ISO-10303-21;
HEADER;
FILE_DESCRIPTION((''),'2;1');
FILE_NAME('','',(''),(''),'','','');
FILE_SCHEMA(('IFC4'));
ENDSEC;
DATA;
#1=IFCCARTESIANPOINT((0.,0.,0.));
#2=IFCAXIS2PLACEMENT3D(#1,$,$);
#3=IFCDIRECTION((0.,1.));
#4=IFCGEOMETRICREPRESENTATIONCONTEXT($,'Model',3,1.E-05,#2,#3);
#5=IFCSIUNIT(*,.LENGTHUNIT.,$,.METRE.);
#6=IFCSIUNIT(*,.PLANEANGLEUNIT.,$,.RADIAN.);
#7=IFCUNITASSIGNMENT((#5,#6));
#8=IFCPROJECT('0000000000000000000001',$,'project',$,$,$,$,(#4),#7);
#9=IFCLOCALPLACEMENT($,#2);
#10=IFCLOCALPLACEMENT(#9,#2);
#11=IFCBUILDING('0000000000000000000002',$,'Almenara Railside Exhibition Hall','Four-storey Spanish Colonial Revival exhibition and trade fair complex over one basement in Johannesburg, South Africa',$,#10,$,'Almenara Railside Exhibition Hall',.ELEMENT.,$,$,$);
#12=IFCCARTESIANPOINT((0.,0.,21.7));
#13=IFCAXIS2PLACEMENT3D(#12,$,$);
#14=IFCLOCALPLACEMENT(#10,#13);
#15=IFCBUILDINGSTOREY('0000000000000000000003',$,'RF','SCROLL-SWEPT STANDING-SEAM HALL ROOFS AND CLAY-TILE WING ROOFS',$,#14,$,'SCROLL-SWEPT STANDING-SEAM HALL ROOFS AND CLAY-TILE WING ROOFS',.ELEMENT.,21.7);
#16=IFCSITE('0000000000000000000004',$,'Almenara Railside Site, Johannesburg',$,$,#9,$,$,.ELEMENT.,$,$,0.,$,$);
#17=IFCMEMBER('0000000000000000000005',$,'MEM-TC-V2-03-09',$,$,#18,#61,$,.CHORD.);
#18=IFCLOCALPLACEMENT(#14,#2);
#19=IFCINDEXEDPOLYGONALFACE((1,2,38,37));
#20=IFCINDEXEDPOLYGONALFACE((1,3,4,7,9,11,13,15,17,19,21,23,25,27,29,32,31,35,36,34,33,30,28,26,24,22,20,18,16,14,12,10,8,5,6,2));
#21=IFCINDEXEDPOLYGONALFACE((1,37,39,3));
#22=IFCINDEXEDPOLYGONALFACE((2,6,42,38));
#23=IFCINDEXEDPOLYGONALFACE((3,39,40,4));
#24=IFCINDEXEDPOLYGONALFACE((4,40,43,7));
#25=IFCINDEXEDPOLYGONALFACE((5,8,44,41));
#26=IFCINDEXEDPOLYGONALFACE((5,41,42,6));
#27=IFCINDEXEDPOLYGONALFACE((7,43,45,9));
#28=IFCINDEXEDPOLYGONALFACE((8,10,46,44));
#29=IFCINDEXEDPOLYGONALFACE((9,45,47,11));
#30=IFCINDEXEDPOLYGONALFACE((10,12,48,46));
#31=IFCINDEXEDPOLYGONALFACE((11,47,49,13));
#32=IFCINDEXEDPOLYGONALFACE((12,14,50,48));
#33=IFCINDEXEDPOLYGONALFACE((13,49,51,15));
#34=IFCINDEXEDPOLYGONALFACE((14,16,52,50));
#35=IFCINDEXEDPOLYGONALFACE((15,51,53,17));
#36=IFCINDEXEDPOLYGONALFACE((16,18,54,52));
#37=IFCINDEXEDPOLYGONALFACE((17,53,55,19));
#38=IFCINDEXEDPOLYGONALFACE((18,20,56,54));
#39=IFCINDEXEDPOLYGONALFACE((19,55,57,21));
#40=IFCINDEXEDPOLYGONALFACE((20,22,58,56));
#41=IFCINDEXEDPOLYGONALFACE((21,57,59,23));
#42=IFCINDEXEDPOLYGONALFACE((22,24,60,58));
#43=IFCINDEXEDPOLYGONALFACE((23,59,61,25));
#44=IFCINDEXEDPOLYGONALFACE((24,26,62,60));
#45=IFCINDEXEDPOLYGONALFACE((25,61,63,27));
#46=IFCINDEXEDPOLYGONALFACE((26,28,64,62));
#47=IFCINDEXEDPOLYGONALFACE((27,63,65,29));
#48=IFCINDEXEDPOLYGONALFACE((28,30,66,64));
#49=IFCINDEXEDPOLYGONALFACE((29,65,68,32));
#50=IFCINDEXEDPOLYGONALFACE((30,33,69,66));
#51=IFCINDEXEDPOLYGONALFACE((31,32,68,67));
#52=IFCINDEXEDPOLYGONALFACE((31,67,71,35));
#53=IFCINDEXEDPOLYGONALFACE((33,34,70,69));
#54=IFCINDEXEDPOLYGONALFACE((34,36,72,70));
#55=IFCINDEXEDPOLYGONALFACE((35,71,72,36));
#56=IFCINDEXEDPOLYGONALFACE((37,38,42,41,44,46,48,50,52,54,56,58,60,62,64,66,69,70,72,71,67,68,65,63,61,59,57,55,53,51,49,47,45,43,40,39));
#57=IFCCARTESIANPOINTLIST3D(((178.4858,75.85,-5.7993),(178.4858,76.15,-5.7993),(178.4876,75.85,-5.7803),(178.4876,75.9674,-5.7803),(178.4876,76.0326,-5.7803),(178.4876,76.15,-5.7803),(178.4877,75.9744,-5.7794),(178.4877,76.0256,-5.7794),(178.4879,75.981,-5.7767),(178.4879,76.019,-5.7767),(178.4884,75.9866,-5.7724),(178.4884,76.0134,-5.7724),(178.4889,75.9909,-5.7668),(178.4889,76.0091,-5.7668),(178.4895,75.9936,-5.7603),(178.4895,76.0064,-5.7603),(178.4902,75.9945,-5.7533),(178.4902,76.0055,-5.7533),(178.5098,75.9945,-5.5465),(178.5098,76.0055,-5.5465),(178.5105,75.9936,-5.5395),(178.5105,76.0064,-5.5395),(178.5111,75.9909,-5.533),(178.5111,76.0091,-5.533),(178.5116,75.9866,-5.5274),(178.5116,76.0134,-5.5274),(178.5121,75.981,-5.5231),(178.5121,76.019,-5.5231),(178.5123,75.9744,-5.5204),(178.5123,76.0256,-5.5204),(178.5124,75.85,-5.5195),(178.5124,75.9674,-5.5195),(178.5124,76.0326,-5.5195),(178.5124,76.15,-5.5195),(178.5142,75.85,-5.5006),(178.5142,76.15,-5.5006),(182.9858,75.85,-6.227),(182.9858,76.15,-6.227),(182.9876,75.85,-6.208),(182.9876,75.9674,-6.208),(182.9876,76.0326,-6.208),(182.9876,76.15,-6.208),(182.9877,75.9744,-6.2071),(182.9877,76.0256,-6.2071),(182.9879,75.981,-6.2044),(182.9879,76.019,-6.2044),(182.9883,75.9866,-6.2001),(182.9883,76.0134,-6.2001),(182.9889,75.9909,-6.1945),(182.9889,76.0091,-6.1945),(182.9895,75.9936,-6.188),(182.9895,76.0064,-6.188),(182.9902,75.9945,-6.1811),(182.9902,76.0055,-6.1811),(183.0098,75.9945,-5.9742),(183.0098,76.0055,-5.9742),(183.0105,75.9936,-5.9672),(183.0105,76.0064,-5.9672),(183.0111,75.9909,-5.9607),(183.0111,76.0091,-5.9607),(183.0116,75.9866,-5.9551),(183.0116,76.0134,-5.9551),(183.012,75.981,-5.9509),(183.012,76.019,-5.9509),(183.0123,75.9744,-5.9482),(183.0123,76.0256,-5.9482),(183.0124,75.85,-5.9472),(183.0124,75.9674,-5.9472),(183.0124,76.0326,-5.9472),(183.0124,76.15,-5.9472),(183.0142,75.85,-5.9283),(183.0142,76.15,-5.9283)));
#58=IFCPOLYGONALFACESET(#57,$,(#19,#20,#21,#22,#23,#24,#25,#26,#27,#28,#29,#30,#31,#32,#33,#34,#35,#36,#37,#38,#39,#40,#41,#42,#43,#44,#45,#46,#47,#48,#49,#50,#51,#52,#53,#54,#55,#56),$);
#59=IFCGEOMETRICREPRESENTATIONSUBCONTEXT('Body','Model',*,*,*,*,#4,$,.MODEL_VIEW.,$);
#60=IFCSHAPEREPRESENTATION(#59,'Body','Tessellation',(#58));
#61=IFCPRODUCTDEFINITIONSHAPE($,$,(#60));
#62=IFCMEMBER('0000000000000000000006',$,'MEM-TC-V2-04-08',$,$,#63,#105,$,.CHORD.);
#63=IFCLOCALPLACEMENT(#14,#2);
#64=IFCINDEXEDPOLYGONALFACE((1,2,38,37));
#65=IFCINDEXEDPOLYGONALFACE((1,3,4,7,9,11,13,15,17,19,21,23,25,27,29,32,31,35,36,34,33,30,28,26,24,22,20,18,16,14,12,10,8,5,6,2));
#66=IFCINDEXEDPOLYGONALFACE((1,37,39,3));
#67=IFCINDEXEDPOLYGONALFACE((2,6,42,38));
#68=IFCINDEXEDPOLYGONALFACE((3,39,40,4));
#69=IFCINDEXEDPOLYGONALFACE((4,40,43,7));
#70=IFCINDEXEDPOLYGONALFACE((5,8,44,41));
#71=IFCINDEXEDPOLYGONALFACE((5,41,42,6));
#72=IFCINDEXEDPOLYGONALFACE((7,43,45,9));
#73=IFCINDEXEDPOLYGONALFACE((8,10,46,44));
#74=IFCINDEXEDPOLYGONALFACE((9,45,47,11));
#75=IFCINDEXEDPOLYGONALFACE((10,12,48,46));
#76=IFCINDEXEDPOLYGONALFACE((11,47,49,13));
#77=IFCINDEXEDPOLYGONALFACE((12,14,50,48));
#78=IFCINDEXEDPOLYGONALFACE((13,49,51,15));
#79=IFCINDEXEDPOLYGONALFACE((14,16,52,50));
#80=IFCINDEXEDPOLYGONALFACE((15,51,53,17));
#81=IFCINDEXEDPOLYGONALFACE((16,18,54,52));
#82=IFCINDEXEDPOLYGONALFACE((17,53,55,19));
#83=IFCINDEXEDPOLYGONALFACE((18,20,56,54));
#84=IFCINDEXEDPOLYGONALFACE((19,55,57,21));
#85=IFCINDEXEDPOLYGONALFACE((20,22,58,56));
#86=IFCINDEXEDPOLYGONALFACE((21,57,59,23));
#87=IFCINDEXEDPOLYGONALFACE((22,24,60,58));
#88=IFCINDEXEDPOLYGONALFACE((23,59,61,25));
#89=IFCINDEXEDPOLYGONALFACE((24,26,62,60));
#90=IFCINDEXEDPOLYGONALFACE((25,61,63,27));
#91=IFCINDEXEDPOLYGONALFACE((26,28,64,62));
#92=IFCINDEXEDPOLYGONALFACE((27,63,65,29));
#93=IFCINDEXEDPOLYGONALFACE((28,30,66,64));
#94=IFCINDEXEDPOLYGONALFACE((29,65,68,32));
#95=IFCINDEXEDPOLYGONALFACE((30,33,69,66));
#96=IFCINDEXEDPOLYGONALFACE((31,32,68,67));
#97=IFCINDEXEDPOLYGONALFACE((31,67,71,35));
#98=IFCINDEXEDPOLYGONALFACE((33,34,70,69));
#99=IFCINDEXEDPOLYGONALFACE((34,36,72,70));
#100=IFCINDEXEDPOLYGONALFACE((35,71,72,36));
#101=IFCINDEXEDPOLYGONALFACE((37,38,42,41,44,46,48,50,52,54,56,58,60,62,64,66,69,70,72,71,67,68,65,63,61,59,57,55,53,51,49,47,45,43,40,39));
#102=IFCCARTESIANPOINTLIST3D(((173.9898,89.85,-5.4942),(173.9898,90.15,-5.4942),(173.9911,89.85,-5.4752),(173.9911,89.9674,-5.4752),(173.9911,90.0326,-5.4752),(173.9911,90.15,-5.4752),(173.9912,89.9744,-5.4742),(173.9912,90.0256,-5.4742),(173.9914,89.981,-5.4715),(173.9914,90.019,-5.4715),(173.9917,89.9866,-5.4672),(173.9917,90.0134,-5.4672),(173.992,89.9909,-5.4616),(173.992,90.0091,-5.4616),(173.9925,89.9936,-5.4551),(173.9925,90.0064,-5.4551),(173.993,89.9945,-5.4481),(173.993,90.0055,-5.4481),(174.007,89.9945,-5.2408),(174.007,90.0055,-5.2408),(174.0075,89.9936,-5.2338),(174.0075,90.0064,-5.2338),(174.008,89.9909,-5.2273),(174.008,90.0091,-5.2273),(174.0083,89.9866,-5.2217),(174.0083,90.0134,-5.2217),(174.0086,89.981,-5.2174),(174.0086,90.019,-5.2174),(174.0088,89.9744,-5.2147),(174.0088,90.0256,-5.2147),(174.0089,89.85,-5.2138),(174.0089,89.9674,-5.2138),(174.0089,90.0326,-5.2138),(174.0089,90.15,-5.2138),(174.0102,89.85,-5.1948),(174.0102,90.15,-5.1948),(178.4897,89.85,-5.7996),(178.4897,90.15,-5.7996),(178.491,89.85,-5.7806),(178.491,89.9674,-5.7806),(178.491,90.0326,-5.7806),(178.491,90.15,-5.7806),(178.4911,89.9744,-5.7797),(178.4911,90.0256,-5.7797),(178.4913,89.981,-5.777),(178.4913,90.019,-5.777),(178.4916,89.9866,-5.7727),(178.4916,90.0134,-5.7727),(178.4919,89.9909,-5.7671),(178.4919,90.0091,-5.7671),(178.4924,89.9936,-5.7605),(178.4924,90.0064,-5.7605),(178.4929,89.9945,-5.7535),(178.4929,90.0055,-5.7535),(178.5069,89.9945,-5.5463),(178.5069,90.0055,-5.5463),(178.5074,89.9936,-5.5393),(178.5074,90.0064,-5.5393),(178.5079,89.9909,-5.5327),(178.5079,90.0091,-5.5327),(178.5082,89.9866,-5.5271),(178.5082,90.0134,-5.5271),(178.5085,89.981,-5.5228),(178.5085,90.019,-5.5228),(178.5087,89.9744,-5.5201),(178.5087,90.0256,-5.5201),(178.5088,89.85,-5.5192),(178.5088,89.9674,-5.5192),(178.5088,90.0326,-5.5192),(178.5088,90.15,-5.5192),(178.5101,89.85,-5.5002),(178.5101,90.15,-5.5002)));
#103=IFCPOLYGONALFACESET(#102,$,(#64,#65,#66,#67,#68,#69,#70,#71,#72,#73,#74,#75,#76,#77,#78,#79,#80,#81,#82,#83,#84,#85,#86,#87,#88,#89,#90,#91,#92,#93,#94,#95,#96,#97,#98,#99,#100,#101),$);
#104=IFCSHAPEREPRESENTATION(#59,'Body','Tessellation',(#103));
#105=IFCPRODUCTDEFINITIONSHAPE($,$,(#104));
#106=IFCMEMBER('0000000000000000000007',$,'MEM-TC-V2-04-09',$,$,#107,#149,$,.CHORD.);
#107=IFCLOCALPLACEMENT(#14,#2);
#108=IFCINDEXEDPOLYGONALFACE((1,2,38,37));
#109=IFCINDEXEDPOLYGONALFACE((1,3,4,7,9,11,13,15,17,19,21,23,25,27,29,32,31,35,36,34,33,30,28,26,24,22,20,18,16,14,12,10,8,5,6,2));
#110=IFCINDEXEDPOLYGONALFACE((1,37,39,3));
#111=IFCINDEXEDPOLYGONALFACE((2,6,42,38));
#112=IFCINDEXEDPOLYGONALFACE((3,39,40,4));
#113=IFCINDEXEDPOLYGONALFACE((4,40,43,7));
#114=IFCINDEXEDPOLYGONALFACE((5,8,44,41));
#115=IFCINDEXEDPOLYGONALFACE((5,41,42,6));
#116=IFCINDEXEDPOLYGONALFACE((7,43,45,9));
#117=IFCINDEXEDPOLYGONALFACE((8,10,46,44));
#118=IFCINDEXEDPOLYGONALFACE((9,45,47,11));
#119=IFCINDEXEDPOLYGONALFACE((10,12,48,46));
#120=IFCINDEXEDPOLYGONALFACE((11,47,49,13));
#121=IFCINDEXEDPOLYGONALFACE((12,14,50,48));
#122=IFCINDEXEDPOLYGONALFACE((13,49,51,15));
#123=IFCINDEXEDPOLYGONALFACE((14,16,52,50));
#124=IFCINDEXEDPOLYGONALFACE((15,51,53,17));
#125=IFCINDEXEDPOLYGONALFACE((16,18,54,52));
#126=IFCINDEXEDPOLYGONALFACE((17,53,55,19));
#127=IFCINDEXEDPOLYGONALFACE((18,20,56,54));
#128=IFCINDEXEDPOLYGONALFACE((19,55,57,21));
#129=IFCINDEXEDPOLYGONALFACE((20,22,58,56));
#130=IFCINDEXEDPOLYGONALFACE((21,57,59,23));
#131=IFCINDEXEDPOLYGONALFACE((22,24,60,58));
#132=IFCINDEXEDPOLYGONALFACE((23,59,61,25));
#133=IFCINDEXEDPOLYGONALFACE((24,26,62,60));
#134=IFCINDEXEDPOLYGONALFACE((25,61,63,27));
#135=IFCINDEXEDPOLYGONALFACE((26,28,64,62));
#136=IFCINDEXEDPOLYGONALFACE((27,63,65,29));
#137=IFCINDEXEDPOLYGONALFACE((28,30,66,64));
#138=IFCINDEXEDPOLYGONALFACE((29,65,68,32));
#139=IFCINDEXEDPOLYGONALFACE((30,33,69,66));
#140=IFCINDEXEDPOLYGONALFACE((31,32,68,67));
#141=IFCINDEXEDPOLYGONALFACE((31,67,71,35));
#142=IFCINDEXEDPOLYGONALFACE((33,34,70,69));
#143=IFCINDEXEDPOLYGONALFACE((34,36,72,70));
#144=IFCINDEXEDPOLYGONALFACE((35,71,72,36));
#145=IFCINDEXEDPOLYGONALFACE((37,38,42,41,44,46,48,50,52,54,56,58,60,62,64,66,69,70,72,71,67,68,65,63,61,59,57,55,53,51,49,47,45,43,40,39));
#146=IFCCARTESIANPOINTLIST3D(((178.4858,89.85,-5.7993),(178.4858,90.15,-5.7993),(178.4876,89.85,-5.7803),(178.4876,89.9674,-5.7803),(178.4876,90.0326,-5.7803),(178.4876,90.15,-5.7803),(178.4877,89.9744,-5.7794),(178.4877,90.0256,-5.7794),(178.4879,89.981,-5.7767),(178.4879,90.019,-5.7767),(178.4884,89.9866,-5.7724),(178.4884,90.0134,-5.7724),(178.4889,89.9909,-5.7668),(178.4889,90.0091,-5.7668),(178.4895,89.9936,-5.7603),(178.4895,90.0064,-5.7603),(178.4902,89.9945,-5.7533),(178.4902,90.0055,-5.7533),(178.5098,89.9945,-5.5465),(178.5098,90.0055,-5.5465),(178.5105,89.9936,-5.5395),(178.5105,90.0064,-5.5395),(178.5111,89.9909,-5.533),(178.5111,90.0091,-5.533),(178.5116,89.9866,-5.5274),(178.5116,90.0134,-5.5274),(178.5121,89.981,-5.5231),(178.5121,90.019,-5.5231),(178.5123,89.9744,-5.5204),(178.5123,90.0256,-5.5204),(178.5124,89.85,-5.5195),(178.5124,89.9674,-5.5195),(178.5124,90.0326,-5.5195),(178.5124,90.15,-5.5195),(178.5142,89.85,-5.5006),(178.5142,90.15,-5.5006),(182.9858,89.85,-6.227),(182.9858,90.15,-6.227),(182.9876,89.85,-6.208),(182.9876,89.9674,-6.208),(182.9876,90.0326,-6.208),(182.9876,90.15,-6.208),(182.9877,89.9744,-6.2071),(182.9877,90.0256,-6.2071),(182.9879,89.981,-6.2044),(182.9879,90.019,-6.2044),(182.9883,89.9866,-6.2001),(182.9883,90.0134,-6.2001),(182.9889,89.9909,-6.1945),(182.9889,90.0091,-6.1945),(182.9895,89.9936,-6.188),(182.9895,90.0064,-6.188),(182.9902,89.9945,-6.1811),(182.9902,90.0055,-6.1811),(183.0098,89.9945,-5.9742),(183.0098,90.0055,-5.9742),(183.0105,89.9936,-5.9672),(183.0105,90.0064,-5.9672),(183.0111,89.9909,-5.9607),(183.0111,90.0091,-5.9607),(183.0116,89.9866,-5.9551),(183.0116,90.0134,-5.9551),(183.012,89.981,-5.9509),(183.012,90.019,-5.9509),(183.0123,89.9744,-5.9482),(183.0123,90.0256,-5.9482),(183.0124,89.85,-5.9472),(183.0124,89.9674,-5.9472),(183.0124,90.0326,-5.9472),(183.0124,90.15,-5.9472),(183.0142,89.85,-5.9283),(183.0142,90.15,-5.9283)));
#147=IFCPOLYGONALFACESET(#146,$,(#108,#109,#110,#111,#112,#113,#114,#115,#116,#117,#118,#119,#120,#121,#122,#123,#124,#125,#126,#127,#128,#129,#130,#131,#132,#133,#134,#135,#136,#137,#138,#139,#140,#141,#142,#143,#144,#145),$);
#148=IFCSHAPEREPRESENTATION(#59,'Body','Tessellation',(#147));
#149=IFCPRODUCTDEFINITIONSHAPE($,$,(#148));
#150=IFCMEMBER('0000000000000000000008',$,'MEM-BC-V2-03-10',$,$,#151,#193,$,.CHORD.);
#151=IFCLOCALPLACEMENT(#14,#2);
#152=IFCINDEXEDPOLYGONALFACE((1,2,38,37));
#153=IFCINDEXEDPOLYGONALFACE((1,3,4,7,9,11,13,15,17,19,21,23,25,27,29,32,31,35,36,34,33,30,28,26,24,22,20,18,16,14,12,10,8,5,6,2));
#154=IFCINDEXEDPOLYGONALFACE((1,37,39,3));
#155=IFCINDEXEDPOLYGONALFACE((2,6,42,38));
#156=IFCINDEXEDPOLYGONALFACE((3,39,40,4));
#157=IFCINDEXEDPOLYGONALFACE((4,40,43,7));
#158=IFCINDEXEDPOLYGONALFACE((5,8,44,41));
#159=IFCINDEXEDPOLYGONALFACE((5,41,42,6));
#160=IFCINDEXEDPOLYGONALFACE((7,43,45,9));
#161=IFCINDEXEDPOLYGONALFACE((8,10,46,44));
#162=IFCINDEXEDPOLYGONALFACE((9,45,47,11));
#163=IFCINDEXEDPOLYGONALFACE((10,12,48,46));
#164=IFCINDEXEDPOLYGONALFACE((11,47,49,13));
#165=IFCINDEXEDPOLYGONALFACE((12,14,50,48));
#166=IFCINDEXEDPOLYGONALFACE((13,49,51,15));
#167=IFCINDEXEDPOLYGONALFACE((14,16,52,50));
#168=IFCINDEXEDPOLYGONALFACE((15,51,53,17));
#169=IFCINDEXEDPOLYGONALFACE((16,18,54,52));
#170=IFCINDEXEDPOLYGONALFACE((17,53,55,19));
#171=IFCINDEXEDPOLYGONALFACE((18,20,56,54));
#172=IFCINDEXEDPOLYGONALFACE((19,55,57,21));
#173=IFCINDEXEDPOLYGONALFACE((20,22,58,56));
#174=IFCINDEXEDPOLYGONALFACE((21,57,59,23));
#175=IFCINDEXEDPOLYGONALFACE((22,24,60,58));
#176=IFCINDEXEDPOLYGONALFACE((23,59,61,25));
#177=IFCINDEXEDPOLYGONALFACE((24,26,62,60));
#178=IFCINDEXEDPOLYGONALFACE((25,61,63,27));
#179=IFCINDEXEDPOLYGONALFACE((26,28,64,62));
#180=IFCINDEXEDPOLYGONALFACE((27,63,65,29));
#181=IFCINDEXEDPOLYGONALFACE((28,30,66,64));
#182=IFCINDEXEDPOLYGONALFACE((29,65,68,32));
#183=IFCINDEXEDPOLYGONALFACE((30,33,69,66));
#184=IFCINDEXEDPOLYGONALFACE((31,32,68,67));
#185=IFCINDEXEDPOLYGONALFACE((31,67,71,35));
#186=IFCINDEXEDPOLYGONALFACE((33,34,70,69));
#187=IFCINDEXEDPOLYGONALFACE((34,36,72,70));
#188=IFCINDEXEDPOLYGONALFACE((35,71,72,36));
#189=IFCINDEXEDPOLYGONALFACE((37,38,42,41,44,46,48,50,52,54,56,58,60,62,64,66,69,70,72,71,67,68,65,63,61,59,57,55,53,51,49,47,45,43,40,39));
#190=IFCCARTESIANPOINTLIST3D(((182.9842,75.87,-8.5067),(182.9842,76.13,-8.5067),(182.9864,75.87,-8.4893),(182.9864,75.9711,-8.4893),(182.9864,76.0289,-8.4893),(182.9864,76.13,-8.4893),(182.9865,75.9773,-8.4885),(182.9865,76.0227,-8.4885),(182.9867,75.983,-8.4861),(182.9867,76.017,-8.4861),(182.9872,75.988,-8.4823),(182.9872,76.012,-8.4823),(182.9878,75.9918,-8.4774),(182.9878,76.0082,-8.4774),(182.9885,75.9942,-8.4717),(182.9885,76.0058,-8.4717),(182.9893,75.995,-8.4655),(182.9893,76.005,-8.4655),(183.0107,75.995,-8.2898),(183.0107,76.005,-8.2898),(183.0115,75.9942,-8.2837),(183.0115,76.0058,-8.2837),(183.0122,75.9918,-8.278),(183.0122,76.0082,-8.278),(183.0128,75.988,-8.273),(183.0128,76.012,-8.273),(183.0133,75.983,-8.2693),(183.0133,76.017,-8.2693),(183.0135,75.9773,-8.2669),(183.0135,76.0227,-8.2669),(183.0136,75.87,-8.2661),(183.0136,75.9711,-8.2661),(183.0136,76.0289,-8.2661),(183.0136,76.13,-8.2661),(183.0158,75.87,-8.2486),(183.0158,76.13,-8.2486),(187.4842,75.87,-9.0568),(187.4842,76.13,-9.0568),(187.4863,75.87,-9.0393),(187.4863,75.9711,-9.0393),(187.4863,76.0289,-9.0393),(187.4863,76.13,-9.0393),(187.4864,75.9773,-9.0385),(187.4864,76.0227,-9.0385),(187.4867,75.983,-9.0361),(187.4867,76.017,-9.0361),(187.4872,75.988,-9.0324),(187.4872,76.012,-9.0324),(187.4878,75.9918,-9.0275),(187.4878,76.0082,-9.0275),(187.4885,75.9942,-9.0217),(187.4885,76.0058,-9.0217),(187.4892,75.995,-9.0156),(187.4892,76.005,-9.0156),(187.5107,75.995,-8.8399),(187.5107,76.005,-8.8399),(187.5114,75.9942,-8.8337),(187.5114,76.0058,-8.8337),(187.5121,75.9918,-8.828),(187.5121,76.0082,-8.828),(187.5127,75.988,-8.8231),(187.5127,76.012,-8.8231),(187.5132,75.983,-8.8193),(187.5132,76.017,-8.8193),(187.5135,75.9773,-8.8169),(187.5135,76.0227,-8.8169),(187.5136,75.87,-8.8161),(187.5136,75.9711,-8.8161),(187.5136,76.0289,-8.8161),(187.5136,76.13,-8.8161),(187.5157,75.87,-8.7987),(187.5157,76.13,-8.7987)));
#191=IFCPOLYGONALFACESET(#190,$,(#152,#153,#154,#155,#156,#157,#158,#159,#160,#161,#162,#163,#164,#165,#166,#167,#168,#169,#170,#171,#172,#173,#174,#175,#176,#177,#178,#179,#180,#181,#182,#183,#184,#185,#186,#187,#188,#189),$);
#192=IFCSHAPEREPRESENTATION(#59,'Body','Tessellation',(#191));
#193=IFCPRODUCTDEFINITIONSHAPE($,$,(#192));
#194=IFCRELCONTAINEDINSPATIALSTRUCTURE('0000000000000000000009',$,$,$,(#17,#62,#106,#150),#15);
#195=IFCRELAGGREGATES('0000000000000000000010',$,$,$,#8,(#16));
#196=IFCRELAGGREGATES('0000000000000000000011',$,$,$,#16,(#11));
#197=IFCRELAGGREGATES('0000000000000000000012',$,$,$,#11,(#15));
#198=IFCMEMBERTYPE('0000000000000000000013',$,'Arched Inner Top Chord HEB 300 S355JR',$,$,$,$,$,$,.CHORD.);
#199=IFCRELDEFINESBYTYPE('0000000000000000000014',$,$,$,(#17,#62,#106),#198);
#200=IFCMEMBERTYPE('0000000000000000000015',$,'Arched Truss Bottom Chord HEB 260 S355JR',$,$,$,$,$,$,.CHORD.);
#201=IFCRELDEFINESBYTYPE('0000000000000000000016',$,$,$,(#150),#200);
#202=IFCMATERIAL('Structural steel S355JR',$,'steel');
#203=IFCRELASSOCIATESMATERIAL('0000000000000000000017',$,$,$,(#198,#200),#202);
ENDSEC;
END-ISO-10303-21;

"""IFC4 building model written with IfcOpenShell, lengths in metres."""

from ifc_helpers import new_model, si_unit, direction, frame, origin, origin_2d, place, context, subcontext, project, spatial, i_section, extrude, material, material_profile, profile_set, type_object, element, save


model = new_model("IFC4")

# Units and contexts
model_context = context("Model", 3, precision=1e-05, world=origin(), true_north=direction((0.0, 1.0)))
body_context = subcontext(model_context, "Body", "Model", "MODEL_VIEW")
ifc_project = project(units=[si_unit("LENGTHUNIT", "METRE"), si_unit("PLANEANGLEUNIT", "RADIAN")], contexts=[model_context])

# Site, building, storey
site_placement = place(None, origin())
site = spatial("IfcSite", under=ifc_project, at=site_placement, Name="Almenara Railside Site, Johannesburg", CompositionType="ELEMENT", RefElevation=0.0)
building_placement = place(site_placement, origin())
building = spatial("IfcBuilding", under=site, at=building_placement, Name="Almenara Railside Exhibition Hall", Description="Four-storey Spanish Colonial Revival exhibition and trade fair complex over one basement in Johannesburg, South Africa", LongName="Almenara Railside Exhibition Hall", CompositionType="ELEMENT")
storey_placement = place(building_placement, frame((0.0, 0.0, 21.7)))
storey = spatial("IfcBuildingStorey", under=building, at=storey_placement, Name="RF", Description="SCROLL-SWEPT STANDING-SEAM HALL ROOFS AND CLAY-TILE WING ROOFS", LongName="SCROLL-SWEPT STANDING-SEAM HALL ROOFS AND CLAY-TILE WING ROOFS", CompositionType="ELEMENT", Elevation=21.7)

# Members
ifc_material_1 = material(Name="Structural steel S355JR", Category="steel")
ifc_material_profile_1 = material_profile(ifc_material_1, i_section(OverallWidth=0.3, OverallDepth=0.3, WebThickness=0.011, FlangeThickness=0.019, FilletRadius=0.0271, at=origin_2d()), Name="HEB 300")
ifc_profile_set_1 = profile_set([ifc_material_profile_1], Name="Structural steel S355JR")
member_type_1 = type_object("IfcMemberType", Name="Arched Inner Top Chord HEB 300 S355JR", PredefinedType="CHORD", material=ifc_profile_set_1)
member_1_placement = place(storey_placement, frame((178.5, 76.0, -5.6499), z_axis=(0.995513, 0.0, -0.094626), x_axis=(0.0, 1.0, 0.0)))
element("IfcMember", 1, at=member_1_placement, inside=storey, type_object=member_type_1, Name="MEM-TC-V2-03-09", PredefinedType="CHORD", context=body_context, shape_type="SweptSolid", body=[
    extrude(i_section(OverallWidth=0.3, OverallDepth=0.3, WebThickness=0.011, FlangeThickness=0.019, FilletRadius=0.0271, at=origin_2d()), origin(), (0.0, 0.0, 1.0), 4.5203),
])
member_2_placement = place(storey_placement, frame((174.0, 90.0, -5.3445), z_axis=(0.997705, 0.0, -0.067715), x_axis=(0.0, 1.0, 0.0)))
element("IfcMember", 2, at=member_2_placement, inside=storey, type_object=member_type_1, Name="MEM-TC-V2-04-08", PredefinedType="CHORD", context=body_context, shape_type="SweptSolid", body=[
    extrude(i_section(OverallWidth=0.3, OverallDepth=0.3, WebThickness=0.011, FlangeThickness=0.019, FilletRadius=0.0271, at=origin_2d()), origin(), (0.0, 0.0, 1.0), 4.5103),
])
member_3_placement = place(storey_placement, frame((178.5, 90.0, -5.6499), z_axis=(0.995513, 0.0, -0.094626), x_axis=(0.0, 1.0, 0.0)))
element("IfcMember", 3, at=member_3_placement, inside=storey, type_object=member_type_1, Name="MEM-TC-V2-04-09", PredefinedType="CHORD", context=body_context, shape_type="SweptSolid", body=[
    extrude(i_section(OverallWidth=0.3, OverallDepth=0.3, WebThickness=0.011, FlangeThickness=0.019, FilletRadius=0.0271, at=origin_2d()), origin(), (0.0, 0.0, 1.0), 4.5203),
])
ifc_material_profile_2 = material_profile(ifc_material_1, i_section(OverallWidth=0.26, OverallDepth=0.26, WebThickness=0.01, FlangeThickness=0.0176, FilletRadius=0.0239, at=origin_2d()), Name="HEB 260")
ifc_profile_set_2 = profile_set([ifc_material_profile_2], Name="Structural steel S355JR")
member_type_2 = type_object("IfcMemberType", Name="Arched Truss Bottom Chord HEB 260 S355JR", PredefinedType="CHORD", material=ifc_profile_set_2)
member_4_placement = place(storey_placement, frame((183.0, 76.0, -8.3777), z_axis=(0.992612, 0.0, -0.12133), x_axis=(0.0, 1.0, 0.0)))
element("IfcMember", 4, at=member_4_placement, inside=storey, type_object=member_type_2, Name="MEM-BC-V2-03-10", PredefinedType="CHORD", context=body_context, shape_type="SweptSolid", body=[
    extrude(i_section(OverallWidth=0.26, OverallDepth=0.26, WebThickness=0.01, FlangeThickness=0.0176, FilletRadius=0.0239, at=origin_2d()), origin(), (0.0, 0.0, 1.0), 4.5334),
])

save(model, "model.ifc")
